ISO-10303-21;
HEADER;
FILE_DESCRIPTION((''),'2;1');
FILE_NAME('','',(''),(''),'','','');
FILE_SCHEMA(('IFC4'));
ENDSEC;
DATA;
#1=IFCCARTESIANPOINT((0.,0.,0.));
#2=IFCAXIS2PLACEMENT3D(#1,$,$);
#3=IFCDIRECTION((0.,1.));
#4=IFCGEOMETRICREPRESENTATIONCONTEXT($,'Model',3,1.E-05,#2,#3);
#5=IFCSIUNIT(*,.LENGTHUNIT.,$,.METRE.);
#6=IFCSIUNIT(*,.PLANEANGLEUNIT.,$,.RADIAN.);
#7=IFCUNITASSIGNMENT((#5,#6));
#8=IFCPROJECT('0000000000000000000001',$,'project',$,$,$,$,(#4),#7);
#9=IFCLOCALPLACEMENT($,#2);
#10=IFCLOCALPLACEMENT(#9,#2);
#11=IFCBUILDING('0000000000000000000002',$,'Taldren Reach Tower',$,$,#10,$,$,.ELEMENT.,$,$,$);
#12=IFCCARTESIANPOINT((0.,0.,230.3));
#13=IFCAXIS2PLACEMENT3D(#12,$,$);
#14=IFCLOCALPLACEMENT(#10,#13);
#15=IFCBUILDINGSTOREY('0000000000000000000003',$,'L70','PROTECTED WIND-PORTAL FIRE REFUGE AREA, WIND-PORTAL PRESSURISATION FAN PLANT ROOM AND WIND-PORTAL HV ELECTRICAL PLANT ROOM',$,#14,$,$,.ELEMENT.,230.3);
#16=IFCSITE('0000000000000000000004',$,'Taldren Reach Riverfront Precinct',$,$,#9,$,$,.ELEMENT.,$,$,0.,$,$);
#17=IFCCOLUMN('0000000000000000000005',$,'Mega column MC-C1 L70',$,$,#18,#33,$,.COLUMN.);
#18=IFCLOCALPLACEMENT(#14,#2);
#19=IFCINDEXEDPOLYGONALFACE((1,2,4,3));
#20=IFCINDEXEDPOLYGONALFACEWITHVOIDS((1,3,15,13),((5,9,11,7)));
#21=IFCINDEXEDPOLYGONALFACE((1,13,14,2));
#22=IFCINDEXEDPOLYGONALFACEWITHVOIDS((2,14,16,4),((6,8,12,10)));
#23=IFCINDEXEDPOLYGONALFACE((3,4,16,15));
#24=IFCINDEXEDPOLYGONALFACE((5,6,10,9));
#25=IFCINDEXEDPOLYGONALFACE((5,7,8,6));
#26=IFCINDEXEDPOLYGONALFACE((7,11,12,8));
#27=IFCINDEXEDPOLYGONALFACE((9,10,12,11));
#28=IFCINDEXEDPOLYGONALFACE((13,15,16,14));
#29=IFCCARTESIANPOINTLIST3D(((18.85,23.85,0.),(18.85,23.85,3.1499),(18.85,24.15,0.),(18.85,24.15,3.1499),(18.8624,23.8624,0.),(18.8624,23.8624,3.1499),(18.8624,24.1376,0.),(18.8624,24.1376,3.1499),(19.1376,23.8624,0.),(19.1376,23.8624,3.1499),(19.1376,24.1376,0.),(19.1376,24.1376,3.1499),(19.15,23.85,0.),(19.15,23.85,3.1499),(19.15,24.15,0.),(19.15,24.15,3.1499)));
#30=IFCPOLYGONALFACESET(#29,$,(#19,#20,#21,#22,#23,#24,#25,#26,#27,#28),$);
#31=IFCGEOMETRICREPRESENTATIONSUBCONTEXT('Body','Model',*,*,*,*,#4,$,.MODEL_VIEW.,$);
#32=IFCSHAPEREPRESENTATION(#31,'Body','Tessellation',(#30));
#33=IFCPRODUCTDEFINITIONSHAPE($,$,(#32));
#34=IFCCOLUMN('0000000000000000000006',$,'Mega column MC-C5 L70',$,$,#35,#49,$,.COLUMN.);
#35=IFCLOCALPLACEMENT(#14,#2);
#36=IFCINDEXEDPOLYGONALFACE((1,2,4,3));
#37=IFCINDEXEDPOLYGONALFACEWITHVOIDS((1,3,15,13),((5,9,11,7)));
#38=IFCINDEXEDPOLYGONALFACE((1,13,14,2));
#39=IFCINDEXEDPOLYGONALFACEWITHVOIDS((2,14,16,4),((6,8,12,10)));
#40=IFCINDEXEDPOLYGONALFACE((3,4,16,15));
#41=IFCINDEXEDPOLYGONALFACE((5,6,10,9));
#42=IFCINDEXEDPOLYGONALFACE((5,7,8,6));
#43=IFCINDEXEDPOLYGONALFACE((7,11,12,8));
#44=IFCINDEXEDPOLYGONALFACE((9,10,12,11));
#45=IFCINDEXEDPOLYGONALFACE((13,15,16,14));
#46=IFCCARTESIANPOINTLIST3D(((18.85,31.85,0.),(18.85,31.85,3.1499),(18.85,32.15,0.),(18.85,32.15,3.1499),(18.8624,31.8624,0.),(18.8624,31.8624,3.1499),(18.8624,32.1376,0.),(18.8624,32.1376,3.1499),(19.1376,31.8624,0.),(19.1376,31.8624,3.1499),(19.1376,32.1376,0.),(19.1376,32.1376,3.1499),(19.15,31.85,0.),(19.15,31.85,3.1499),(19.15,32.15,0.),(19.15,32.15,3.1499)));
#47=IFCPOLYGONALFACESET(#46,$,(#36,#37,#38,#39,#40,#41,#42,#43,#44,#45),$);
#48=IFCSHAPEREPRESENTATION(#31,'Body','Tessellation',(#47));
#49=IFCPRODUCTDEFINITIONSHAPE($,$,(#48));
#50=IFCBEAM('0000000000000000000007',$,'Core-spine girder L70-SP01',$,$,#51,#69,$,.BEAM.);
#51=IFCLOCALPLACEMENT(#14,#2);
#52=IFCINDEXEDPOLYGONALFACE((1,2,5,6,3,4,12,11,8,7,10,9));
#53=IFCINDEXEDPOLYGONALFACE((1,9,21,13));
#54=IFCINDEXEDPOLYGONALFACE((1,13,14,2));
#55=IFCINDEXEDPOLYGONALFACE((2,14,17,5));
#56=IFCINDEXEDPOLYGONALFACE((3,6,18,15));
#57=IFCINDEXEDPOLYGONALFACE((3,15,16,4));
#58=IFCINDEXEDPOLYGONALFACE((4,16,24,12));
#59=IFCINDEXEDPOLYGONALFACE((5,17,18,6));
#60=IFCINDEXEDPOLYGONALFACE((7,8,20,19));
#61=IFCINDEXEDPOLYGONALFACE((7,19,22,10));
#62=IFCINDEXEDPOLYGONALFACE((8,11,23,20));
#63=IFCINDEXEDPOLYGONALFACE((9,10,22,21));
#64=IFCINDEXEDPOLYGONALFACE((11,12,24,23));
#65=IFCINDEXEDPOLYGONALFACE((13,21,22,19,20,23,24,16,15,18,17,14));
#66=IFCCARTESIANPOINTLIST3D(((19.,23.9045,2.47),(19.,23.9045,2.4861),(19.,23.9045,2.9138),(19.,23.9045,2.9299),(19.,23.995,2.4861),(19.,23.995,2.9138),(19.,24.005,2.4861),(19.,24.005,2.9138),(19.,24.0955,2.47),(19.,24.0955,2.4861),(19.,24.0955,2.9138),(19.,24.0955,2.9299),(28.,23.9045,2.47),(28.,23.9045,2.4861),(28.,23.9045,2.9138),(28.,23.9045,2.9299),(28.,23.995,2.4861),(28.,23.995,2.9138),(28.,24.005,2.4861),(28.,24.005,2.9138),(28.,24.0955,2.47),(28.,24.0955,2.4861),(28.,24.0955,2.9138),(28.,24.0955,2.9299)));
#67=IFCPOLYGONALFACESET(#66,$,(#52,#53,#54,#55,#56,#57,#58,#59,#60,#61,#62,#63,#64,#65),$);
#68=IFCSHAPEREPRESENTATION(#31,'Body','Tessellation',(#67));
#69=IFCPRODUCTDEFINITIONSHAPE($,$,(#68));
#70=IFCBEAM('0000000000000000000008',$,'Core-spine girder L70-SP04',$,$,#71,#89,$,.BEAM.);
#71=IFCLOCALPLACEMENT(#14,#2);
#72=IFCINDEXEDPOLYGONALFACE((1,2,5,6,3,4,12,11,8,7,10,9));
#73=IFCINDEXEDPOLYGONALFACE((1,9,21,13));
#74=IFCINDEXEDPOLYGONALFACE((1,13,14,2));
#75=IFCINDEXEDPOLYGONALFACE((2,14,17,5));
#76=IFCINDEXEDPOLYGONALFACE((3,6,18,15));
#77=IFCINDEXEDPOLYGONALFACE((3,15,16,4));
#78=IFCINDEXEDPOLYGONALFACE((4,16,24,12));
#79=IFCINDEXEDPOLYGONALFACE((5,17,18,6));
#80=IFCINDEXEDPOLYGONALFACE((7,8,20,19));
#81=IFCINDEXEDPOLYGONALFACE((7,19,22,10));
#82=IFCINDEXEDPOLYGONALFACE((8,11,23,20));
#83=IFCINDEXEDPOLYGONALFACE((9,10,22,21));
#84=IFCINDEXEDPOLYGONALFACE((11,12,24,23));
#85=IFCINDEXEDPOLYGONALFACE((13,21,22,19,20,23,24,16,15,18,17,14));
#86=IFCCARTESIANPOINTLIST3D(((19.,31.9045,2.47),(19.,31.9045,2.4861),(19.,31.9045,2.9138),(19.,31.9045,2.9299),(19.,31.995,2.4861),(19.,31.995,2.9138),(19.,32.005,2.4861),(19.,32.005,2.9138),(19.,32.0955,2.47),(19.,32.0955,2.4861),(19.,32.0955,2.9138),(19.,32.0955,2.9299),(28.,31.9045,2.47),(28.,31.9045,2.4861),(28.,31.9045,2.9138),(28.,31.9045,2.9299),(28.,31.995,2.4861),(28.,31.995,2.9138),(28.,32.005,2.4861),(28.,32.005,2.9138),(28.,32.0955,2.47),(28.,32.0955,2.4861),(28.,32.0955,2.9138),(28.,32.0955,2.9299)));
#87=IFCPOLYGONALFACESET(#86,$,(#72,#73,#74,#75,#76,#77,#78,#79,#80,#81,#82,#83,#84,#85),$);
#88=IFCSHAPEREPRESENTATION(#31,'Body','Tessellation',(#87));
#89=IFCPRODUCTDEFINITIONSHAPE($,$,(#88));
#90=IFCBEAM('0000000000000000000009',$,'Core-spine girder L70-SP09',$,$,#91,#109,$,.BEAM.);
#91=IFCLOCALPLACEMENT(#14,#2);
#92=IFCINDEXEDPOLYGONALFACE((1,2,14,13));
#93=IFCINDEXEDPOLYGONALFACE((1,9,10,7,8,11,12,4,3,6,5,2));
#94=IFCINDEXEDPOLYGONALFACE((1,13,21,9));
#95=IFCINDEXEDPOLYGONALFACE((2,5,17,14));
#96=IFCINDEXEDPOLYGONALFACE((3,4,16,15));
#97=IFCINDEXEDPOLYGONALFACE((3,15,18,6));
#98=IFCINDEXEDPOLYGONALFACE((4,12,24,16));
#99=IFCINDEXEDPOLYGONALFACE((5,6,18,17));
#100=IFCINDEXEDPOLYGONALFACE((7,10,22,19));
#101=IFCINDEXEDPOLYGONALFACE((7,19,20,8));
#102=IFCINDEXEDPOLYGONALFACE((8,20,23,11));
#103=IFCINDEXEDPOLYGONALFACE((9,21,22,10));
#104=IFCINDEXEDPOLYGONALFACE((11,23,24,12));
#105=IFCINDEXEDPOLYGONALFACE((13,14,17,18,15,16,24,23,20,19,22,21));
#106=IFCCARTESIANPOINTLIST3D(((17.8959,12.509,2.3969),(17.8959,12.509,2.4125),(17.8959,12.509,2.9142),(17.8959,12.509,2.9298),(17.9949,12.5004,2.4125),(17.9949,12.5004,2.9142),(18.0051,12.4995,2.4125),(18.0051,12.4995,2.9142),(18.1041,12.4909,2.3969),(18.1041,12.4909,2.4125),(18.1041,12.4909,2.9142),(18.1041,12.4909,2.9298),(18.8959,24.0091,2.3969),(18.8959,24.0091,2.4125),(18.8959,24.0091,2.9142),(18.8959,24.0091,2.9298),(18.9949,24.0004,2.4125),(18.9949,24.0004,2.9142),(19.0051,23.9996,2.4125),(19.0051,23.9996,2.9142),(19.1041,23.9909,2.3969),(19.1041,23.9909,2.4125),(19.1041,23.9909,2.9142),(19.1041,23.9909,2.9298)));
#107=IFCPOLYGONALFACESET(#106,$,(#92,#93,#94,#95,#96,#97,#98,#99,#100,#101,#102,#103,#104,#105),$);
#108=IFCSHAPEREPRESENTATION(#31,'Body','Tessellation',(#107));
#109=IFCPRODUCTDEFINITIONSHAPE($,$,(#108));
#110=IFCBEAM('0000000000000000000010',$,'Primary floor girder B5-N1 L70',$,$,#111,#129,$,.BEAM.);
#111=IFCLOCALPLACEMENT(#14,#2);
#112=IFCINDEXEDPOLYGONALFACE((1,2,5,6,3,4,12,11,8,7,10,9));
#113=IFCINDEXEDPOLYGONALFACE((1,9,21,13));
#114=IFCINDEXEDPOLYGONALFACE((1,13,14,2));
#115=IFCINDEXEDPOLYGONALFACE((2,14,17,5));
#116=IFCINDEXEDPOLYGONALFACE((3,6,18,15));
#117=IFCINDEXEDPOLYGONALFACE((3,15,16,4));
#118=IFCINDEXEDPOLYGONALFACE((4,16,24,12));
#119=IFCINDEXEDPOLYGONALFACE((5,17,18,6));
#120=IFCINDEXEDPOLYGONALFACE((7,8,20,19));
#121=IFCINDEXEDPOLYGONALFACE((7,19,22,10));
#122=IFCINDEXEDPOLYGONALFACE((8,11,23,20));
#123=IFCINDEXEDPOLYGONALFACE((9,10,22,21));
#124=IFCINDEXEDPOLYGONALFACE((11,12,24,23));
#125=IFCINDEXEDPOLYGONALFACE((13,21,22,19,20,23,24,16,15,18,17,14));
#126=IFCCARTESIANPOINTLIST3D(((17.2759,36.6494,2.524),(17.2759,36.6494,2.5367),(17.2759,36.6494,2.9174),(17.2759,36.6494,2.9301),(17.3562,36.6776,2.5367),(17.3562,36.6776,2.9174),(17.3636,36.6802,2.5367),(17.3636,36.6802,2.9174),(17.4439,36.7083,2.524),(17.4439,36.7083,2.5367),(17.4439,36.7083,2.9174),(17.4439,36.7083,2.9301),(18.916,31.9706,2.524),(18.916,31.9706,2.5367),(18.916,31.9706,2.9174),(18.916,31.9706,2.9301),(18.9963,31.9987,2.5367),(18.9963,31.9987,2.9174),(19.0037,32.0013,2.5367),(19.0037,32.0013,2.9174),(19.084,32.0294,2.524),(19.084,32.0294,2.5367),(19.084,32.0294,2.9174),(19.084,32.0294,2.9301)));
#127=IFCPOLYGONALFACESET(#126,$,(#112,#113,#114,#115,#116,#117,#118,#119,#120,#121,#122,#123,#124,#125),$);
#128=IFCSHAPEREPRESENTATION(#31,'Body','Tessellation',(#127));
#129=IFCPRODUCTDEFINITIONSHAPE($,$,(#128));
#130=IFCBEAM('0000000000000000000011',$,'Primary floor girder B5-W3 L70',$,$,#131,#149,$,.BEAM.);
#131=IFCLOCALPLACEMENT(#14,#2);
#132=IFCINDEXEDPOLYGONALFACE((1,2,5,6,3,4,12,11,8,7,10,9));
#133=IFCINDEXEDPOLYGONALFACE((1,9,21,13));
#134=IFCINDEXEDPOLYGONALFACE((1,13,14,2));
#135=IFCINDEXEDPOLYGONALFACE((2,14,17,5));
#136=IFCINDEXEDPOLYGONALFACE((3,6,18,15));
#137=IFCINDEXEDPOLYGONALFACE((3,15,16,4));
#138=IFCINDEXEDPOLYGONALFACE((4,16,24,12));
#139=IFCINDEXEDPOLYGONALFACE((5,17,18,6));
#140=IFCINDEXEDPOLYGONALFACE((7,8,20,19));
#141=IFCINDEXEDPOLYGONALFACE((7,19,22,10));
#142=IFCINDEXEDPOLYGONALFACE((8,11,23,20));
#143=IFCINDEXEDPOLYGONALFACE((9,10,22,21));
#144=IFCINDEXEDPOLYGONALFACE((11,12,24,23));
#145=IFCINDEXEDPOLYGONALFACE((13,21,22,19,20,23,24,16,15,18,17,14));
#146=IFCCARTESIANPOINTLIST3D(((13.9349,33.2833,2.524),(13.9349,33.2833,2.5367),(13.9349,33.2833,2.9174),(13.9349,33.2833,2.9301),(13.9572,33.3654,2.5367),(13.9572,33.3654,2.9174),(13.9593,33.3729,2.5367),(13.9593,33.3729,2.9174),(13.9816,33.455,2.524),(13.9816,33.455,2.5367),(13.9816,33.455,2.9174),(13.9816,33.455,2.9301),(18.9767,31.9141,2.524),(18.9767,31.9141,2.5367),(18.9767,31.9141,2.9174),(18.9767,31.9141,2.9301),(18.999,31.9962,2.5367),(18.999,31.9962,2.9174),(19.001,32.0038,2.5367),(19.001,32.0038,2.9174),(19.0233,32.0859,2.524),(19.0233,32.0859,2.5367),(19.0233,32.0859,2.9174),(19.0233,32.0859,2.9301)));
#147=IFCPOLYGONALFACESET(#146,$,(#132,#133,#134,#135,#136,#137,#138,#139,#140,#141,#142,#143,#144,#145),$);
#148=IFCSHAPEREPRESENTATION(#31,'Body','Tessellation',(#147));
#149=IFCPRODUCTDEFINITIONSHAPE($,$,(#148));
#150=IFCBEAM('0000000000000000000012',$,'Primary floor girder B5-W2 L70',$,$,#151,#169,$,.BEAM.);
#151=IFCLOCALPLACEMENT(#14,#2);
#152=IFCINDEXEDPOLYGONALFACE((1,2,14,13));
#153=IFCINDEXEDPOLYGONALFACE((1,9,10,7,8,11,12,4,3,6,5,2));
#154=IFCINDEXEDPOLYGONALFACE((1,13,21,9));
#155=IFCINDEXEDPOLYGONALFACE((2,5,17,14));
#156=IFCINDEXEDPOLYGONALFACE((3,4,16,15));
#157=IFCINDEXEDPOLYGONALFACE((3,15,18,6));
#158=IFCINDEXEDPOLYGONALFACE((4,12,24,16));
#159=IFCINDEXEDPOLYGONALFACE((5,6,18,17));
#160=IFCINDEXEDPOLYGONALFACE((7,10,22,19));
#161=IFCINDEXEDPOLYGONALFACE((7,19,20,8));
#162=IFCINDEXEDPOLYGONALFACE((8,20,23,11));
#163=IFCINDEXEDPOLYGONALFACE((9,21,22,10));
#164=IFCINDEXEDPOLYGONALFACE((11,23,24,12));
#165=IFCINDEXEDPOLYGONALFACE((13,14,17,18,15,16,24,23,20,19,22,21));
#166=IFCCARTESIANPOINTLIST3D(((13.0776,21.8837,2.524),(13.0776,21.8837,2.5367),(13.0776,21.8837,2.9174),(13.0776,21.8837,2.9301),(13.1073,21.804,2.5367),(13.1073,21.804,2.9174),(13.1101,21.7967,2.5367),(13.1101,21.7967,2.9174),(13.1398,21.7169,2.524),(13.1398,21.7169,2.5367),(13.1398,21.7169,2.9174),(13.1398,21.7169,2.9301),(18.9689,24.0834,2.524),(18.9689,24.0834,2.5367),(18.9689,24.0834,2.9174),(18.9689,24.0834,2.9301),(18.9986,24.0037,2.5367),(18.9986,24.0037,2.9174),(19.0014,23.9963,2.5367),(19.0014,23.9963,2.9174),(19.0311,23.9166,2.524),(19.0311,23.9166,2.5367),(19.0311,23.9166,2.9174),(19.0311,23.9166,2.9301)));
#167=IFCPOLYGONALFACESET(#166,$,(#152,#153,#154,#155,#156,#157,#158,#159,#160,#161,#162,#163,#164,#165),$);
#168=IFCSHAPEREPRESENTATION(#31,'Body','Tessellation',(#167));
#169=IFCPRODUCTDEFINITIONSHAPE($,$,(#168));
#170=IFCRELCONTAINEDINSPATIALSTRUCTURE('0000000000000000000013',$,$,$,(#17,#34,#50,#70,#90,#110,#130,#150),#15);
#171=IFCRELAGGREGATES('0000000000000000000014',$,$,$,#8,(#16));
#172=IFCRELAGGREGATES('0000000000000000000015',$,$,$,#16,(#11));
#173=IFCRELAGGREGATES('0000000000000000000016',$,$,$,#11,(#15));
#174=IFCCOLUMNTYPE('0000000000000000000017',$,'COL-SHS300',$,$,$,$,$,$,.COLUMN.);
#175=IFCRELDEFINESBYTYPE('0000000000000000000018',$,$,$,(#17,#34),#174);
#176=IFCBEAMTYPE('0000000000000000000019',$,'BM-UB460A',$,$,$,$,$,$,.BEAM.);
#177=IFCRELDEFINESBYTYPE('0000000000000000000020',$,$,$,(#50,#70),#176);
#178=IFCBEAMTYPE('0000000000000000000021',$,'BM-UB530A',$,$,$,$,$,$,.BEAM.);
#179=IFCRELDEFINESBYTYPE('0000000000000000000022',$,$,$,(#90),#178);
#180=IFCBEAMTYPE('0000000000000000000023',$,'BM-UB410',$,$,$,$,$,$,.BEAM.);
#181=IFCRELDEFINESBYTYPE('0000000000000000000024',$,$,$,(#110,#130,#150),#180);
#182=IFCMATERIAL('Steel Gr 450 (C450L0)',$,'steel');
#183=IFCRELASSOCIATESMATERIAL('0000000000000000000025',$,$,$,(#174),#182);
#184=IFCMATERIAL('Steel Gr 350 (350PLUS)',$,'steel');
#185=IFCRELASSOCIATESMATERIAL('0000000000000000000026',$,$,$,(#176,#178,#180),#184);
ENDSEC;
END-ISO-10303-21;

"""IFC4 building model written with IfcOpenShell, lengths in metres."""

from ifc_helpers import new_model, si_unit, direction, frame, origin, origin_2d, place, context, subcontext, project, spatial, hollow_rectangle, i_section, extrude, source, transform, mapped, material, material_profile, profile_set, type_object, element, save


model = new_model("IFC4")

# Units and contexts
model_context = context("Model", 3, precision=1e-05, world=origin(), true_north=direction((0.0, 1.0)))
body_context = subcontext(model_context, "Body", "Model", "MODEL_VIEW")
ifc_project = project(units=[si_unit("LENGTHUNIT", "METRE"), si_unit("PLANEANGLEUNIT", "RADIAN")], contexts=[model_context])

# Site, building, storey
site_placement = place(None, origin())
site = spatial("IfcSite", under=ifc_project, at=site_placement, Name="Taldren Reach Riverfront Precinct", CompositionType="ELEMENT", RefElevation=0.0)
building_placement = place(site_placement, origin())
building = spatial("IfcBuilding", under=site, at=building_placement, Name="Taldren Reach Tower", CompositionType="ELEMENT")
storey_placement = place(building_placement, frame((0.0, 0.0, 230.3)))
storey = spatial("IfcBuildingStorey", under=building, at=storey_placement, Name="L70", Description="PROTECTED WIND-PORTAL FIRE REFUGE AREA, WIND-PORTAL PRESSURISATION FAN PLANT ROOM AND WIND-PORTAL HV ELECTRICAL PLANT ROOM", CompositionType="ELEMENT", Elevation=230.3)

# Columns
ifc_material_1 = material(Name="Steel Gr 450 (C450L0)", Category="steel")
ifc_material_profile_1 = material_profile(ifc_material_1, hollow_rectangle(XDim=0.3, YDim=0.3, WallThickness=0.0125, at=origin_2d()), Name="300x300x12.5SHS")
ifc_profile_set_1 = profile_set([ifc_material_profile_1], Name="Steel Gr 450 (C450L0)")
column_type = type_object("IfcColumnType", Name="COL-SHS300", PredefinedType="COLUMN", material=ifc_profile_set_1)
shared_shape_1 = source(origin(), body_context, "Body", "SweptSolid", [
    extrude(hollow_rectangle(XDim=0.3, YDim=0.3, WallThickness=0.0125, at=origin_2d()), origin(), (0.0, 0.0, 1.0), 3.1499),
])
for number, where, z_axis, x_axis, name in (
    (1, (19.0, 24.0, 0.0), (0.0, 0.0, 1.0), (1.0, 0.0, 0.0), "Mega column MC-C1 L70"),
    (2, (19.0, 32.0, 0.0), (0.0, 0.0, 1.0), (1.0, 0.0, 0.0), "Mega column MC-C5 L70"),
):
    element("IfcColumn", number, at=place(storey_placement, frame(where, z_axis=z_axis, x_axis=x_axis)), inside=storey, type_object=column_type, Name=name, PredefinedType="COLUMN", context=body_context, shape_type="MappedRepresentation", body=[
        mapped(shared_shape_1, transform((0.0, 0.0, 0.0), scale=1.0)),
    ])

# Beams
ifc_material_2 = material(Name="Steel Gr 350 (350PLUS)", Category="steel")
ifc_material_profile_2 = material_profile(ifc_material_2, i_section(OverallWidth=0.1909, OverallDepth=0.46, WebThickness=0.01, FlangeThickness=0.0161, at=origin_2d()), Name="460UB82.1")
ifc_profile_set_2 = profile_set([ifc_material_profile_2], Name="Steel Gr 350 (350PLUS)")
beam_type_1 = type_object("IfcBeamType", Name="BM-UB460A", PredefinedType="BEAM", material=ifc_profile_set_2)
shared_shape_2 = source(origin(), body_context, "Body", "SweptSolid", [
    extrude(i_section(OverallWidth=0.1909, OverallDepth=0.46, WebThickness=0.01, FlangeThickness=0.0161, at=origin_2d()), origin(), (0.0, 0.0, 1.0), 9.0),
])
for number, where, z_axis, x_axis, name in (
    (3, (19.0, 24.0, 2.7), (1.0, 0.0, 0.0), (0.0, 1.0, 0.0), "Core-spine girder L70-SP01"),
    (4, (19.0, 32.0, 2.7), (1.0, 0.0, 0.0), (0.0, 1.0, 0.0), "Core-spine girder L70-SP04"),
):
    element("IfcBeam", number, at=place(storey_placement, frame(where, z_axis=z_axis, x_axis=x_axis)), inside=storey, type_object=beam_type_1, Name=name, PredefinedType="BEAM", context=body_context, shape_type="MappedRepresentation", body=[
        mapped(shared_shape_2, transform((0.0, 0.0, 0.0), scale=1.0)),
    ])
ifc_material_profile_3 = material_profile(ifc_material_2, i_section(OverallWidth=0.209, OverallDepth=0.533, WebThickness=0.0103, FlangeThickness=0.0156, at=origin_2d()), Name="530UB92.4")
ifc_profile_set_3 = profile_set([ifc_material_profile_3], Name="Steel Gr 350 (350PLUS)")
beam_type_2 = type_object("IfcBeamType", Name="BM-UB530A", PredefinedType="BEAM", material=ifc_profile_set_3)
shared_shape_3 = source(origin(), body_context, "Body", "SweptSolid", [
    extrude(i_section(OverallWidth=0.209, OverallDepth=0.533, WebThickness=0.0103, FlangeThickness=0.0156, at=origin_2d()), origin(), (0.0, 0.0, 1.0), 11.5435),
])
beam_1_placement = place(storey_placement, frame((19.0, 24.0, 2.6633), z_axis=(-0.08663, -0.996241, 0.0), x_axis=(0.996241, -0.08663, 0.0)))
element("IfcBeam", 5, at=beam_1_placement, inside=storey, type_object=beam_type_2, Name="Core-spine girder L70-SP09", PredefinedType="BEAM", context=body_context, shape_type="MappedRepresentation", body=[
    mapped(shared_shape_3, transform((0.0, 0.0, 0.0), scale=1.0)),
])
ifc_material_profile_4 = material_profile(ifc_material_2, i_section(OverallWidth=0.178, OverallDepth=0.406, WebThickness=0.0078, FlangeThickness=0.0127, at=origin_2d()), Name="410UB59.7")
ifc_profile_set_4 = profile_set([ifc_material_profile_4], Name="Steel Gr 350 (350PLUS)")
beam_type_3 = type_object("IfcBeamType", Name="BM-UB410", PredefinedType="BEAM", material=ifc_profile_set_4)
shared_shape_4 = source(origin(), body_context, "Body", "SweptSolid", [
    extrude(i_section(OverallWidth=0.178, OverallDepth=0.406, WebThickness=0.0078, FlangeThickness=0.0127, at=origin_2d()), origin(), (0.0, 0.0, 1.0), 4.958),
])
beam_2_placement = place(storey_placement, frame((19.0, 32.0, 2.7271), z_axis=(-0.3308, 0.943701, 0.0), x_axis=(-0.943701, -0.3308, 0.0)))
element("IfcBeam", 6, at=beam_2_placement, inside=storey, type_object=beam_type_3, Name="Primary floor girder B5-N1 L70", PredefinedType="BEAM", context=body_context, shape_type="MappedRepresentation", body=[
    mapped(shared_shape_4, transform((0.0, 0.0, 0.0), scale=1.0)),
])
shared_shape_5 = source(origin(), body_context, "Body", "SweptSolid", [
    extrude(i_section(OverallWidth=0.178, OverallDepth=0.406, WebThickness=0.0078, FlangeThickness=0.0127, at=origin_2d()), origin(), (0.0, 0.0, 1.0), 5.2244),
])
beam_3_placement = place(storey_placement, frame((19.0, 32.0, 2.7271), z_axis=(-0.965049, 0.262069, 0.0), x_axis=(-0.262069, -0.965049, 0.0)))
element("IfcBeam", 7, at=beam_3_placement, inside=storey, type_object=beam_type_3, Name="Primary floor girder B5-W3 L70", PredefinedType="BEAM", context=body_context, shape_type="MappedRepresentation", body=[
    mapped(shared_shape_5, transform((0.0, 0.0, 0.0), scale=1.0)),
])
shared_shape_6 = source(origin(), body_context, "Body", "SweptSolid", [
    extrude(i_section(OverallWidth=0.178, OverallDepth=0.406, WebThickness=0.0078, FlangeThickness=0.0127, at=origin_2d()), origin(), (0.0, 0.0, 1.0), 6.2886),
])
beam_4_placement = place(storey_placement, frame((19.0, 24.0, 2.7271), z_axis=(-0.936828, -0.349791, 0.0), x_axis=(0.349791, -0.936828, 0.0)))
element("IfcBeam", 8, at=beam_4_placement, inside=storey, type_object=beam_type_3, Name="Primary floor girder B5-W2 L70", PredefinedType="BEAM", context=body_context, shape_type="MappedRepresentation", body=[
    mapped(shared_shape_6, transform((0.0, 0.0, 0.0), scale=1.0)),
])

save(model, "model.ifc")
